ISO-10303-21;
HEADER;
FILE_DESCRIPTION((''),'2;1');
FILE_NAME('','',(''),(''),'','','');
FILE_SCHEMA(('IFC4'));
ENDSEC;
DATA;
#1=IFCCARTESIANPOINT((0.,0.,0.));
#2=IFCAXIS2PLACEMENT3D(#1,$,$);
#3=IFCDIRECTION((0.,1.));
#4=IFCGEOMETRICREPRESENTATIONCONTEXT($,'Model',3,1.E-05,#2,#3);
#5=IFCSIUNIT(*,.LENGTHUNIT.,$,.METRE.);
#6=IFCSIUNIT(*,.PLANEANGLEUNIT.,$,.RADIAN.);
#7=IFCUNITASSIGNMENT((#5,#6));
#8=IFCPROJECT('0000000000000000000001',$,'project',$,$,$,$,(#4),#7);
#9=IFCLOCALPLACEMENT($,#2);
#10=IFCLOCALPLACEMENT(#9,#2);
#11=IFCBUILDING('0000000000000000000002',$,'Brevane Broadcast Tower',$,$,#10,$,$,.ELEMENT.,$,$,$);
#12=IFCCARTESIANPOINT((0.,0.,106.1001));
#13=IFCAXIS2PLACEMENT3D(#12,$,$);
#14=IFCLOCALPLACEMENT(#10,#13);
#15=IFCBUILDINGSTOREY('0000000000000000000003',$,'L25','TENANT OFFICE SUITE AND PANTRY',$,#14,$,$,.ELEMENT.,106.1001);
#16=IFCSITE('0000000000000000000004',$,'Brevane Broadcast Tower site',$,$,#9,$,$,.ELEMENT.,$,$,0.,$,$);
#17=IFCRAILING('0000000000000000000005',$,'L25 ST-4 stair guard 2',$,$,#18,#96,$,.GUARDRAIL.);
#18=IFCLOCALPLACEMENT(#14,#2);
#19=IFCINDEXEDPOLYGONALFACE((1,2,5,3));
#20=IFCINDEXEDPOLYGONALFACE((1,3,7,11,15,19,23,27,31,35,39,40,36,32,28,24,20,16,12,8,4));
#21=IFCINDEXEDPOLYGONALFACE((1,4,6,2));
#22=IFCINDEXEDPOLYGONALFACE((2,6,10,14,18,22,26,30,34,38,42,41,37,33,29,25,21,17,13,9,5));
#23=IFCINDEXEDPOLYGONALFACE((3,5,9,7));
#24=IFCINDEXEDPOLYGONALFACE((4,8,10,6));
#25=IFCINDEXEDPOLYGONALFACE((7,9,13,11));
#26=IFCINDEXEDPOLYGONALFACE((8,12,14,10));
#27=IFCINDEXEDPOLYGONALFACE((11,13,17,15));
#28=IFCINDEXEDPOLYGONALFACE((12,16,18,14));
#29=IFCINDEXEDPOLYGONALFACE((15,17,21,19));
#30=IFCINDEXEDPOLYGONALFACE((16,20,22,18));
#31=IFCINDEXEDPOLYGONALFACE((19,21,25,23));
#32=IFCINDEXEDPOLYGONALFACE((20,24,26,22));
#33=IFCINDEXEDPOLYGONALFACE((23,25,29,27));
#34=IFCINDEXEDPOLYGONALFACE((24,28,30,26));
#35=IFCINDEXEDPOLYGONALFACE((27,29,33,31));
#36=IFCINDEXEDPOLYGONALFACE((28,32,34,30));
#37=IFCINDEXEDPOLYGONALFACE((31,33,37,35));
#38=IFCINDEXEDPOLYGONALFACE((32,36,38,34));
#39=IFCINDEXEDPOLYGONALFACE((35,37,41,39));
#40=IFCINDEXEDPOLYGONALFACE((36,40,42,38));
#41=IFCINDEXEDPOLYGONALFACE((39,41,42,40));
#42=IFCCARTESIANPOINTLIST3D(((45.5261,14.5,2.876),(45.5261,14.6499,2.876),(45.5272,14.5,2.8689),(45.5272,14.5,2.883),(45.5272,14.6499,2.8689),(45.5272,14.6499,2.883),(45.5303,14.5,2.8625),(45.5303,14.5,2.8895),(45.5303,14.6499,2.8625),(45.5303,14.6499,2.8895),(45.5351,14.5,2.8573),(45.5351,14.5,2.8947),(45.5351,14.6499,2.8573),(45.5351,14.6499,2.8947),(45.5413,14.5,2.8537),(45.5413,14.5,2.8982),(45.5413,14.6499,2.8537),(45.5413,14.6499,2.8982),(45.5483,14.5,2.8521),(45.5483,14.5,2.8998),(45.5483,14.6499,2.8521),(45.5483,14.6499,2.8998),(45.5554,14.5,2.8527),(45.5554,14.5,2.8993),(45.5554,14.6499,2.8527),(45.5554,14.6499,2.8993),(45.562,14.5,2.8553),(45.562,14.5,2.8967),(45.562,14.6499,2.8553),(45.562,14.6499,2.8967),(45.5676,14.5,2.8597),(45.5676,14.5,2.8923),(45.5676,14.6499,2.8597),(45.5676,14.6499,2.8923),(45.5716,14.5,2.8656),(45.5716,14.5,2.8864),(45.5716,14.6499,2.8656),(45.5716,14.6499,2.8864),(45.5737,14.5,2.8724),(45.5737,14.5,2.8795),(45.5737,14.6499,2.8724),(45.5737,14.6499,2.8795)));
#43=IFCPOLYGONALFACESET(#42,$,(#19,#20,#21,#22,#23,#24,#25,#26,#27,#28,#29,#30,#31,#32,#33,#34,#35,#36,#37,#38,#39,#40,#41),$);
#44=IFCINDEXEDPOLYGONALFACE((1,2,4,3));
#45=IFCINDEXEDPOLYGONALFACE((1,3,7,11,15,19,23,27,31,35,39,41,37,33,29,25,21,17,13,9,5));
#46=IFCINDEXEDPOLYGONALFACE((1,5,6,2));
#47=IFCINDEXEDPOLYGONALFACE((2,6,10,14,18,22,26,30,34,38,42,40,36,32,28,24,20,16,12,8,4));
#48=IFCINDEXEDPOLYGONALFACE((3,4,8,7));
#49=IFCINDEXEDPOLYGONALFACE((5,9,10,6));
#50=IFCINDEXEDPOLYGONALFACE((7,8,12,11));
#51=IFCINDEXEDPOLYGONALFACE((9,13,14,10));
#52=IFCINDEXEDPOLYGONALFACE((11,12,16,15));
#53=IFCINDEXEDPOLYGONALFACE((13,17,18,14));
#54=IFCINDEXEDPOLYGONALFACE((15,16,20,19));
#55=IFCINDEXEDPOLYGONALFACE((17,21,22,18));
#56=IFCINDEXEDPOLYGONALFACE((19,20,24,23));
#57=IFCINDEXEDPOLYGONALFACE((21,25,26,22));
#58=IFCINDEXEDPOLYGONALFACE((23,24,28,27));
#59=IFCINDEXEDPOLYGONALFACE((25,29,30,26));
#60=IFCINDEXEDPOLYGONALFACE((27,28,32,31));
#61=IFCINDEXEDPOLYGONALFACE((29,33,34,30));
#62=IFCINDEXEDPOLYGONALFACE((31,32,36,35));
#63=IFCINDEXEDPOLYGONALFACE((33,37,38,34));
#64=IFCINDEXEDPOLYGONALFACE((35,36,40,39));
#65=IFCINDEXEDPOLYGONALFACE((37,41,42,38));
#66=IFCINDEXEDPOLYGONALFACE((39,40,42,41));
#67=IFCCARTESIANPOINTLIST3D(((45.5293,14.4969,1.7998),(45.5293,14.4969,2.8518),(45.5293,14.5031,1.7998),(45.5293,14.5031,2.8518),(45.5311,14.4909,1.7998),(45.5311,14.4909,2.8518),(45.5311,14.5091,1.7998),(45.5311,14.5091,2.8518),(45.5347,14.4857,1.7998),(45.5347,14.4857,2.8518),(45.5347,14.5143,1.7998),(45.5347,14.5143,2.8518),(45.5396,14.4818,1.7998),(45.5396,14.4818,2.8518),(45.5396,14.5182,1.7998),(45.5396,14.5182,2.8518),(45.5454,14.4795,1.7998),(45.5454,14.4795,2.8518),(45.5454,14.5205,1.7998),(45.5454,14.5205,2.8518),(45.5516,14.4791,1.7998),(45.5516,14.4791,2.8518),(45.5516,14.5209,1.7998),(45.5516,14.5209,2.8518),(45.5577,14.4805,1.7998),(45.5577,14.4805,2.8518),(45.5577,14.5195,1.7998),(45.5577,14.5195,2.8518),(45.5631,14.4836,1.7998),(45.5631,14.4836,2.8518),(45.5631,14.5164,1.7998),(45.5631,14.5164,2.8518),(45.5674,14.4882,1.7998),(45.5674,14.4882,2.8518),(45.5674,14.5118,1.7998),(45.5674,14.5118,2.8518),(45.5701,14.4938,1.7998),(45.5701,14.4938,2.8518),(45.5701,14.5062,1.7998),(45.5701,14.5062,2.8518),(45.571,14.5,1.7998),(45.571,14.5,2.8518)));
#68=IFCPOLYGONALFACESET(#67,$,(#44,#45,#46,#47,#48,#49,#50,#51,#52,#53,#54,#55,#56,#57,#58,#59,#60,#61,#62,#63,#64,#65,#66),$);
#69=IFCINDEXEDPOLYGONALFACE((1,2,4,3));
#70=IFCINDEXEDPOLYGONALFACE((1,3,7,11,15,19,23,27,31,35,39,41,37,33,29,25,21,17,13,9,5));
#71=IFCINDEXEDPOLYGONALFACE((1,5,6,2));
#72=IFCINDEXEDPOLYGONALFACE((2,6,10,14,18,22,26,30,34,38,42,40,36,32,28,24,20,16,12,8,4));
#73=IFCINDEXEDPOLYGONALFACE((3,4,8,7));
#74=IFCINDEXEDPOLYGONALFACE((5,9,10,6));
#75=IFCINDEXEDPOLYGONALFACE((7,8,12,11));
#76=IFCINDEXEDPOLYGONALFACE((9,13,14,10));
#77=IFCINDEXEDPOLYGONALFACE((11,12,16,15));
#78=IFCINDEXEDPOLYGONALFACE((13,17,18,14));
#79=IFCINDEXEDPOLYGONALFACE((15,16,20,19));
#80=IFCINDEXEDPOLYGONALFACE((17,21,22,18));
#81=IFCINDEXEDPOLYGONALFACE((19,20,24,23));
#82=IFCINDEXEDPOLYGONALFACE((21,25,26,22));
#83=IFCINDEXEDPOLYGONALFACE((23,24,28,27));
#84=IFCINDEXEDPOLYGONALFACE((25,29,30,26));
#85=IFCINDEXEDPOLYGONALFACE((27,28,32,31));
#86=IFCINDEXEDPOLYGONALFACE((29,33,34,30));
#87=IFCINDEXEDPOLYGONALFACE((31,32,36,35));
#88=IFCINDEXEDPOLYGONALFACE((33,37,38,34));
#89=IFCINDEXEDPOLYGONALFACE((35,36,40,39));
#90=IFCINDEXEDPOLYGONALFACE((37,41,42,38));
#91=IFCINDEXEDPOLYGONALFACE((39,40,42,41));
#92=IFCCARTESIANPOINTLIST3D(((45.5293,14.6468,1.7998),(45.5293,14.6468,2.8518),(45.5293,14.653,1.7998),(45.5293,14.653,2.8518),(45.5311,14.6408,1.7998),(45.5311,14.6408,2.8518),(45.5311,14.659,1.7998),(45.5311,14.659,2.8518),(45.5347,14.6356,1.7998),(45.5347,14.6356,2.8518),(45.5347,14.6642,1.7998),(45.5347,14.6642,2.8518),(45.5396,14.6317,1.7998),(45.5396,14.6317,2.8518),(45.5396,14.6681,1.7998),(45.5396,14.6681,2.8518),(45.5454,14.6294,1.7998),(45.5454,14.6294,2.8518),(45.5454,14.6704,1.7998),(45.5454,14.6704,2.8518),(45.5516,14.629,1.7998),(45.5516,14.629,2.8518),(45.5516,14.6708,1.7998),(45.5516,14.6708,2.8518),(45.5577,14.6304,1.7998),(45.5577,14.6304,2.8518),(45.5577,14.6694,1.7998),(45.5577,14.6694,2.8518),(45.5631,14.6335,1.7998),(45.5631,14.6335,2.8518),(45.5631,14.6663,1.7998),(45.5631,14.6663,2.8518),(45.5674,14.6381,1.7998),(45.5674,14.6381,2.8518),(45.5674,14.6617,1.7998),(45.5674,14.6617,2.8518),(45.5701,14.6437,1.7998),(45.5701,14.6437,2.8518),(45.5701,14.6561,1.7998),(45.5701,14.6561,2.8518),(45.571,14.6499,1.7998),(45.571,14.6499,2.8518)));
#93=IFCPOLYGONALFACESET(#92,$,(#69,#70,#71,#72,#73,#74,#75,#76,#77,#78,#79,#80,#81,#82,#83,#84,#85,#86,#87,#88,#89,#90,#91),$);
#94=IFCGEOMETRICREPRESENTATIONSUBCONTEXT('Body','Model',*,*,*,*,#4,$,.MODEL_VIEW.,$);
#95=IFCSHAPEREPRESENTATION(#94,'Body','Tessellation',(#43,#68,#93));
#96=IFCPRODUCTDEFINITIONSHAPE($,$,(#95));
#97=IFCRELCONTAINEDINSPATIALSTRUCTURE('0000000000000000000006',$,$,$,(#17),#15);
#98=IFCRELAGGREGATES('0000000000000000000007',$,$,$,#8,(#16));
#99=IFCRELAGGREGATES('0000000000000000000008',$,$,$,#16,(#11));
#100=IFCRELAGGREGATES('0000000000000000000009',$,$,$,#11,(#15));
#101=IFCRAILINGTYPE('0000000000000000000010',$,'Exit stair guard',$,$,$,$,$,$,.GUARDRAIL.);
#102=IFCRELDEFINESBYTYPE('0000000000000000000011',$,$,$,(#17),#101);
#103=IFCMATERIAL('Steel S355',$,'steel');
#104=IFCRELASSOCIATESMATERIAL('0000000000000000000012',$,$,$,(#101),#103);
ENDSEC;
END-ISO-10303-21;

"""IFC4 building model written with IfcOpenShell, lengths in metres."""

from ifc_helpers import new_model, si_unit, direction, frame, origin, origin_2d, place, context, subcontext, project, spatial, circle, extrude, material, type_object, element, save


model = new_model("IFC4")

# Units and contexts
model_context = context("Model", 3, precision=1e-05, world=origin(), true_north=direction((0.0, 1.0)))
body_context = subcontext(model_context, "Body", "Model", "MODEL_VIEW")
ifc_project = project(units=[si_unit("LENGTHUNIT", "METRE"), si_unit("PLANEANGLEUNIT", "RADIAN")], contexts=[model_context])

# Site, building, storey
site_placement = place(None, origin())
site = spatial("IfcSite", under=ifc_project, at=site_placement, Name="Brevane Broadcast Tower site", CompositionType="ELEMENT", RefElevation=0.0)
building_placement = place(site_placement, origin())
building = spatial("IfcBuilding", under=site, at=building_placement, Name="Brevane Broadcast Tower", CompositionType="ELEMENT")
storey_placement = place(building_placement, frame((0.0, 0.0, 106.1001)))
storey = spatial("IfcBuildingStorey", under=building, at=storey_placement, Name="L25", Description="TENANT OFFICE SUITE AND PANTRY", CompositionType="ELEMENT", Elevation=106.1001)

# Railing
ifc_material_1 = material(Name="Steel S355", Category="steel")
railing_type_1 = type_object("IfcRailingType", Name="Exit stair guard", PredefinedType="GUARDRAIL", material=ifc_material_1)
railing_1_placement = place(storey_placement, frame((45.55, 14.5, 1.7998)))
element("IfcRailing", 1, at=railing_1_placement, inside=storey, type_object=railing_type_1, Name="L25 ST-4 stair guard 2", PredefinedType="GUARDRAIL", context=body_context, shape_type="SweptSolid", body=[
    extrude(circle(Radius=0.0239, at=origin_2d()), frame((0.0, 0.0, 1.0762), z_axis=(0.0, 1.0, 0.0), x_axis=(-1.0, 0.0, 0.0)), (0.0, 0.0, 1.0), 0.1499),
    extrude(circle(Radius=0.021, at=origin_2d()), origin(), (0.0, 0.0, 1.0), 1.052),
    extrude(circle(Radius=0.021, at=origin_2d()), frame((0.0, 0.1499, 0.0)), (0.0, 0.0, 1.0), 1.052),
])

save(model, "model.ifc")
